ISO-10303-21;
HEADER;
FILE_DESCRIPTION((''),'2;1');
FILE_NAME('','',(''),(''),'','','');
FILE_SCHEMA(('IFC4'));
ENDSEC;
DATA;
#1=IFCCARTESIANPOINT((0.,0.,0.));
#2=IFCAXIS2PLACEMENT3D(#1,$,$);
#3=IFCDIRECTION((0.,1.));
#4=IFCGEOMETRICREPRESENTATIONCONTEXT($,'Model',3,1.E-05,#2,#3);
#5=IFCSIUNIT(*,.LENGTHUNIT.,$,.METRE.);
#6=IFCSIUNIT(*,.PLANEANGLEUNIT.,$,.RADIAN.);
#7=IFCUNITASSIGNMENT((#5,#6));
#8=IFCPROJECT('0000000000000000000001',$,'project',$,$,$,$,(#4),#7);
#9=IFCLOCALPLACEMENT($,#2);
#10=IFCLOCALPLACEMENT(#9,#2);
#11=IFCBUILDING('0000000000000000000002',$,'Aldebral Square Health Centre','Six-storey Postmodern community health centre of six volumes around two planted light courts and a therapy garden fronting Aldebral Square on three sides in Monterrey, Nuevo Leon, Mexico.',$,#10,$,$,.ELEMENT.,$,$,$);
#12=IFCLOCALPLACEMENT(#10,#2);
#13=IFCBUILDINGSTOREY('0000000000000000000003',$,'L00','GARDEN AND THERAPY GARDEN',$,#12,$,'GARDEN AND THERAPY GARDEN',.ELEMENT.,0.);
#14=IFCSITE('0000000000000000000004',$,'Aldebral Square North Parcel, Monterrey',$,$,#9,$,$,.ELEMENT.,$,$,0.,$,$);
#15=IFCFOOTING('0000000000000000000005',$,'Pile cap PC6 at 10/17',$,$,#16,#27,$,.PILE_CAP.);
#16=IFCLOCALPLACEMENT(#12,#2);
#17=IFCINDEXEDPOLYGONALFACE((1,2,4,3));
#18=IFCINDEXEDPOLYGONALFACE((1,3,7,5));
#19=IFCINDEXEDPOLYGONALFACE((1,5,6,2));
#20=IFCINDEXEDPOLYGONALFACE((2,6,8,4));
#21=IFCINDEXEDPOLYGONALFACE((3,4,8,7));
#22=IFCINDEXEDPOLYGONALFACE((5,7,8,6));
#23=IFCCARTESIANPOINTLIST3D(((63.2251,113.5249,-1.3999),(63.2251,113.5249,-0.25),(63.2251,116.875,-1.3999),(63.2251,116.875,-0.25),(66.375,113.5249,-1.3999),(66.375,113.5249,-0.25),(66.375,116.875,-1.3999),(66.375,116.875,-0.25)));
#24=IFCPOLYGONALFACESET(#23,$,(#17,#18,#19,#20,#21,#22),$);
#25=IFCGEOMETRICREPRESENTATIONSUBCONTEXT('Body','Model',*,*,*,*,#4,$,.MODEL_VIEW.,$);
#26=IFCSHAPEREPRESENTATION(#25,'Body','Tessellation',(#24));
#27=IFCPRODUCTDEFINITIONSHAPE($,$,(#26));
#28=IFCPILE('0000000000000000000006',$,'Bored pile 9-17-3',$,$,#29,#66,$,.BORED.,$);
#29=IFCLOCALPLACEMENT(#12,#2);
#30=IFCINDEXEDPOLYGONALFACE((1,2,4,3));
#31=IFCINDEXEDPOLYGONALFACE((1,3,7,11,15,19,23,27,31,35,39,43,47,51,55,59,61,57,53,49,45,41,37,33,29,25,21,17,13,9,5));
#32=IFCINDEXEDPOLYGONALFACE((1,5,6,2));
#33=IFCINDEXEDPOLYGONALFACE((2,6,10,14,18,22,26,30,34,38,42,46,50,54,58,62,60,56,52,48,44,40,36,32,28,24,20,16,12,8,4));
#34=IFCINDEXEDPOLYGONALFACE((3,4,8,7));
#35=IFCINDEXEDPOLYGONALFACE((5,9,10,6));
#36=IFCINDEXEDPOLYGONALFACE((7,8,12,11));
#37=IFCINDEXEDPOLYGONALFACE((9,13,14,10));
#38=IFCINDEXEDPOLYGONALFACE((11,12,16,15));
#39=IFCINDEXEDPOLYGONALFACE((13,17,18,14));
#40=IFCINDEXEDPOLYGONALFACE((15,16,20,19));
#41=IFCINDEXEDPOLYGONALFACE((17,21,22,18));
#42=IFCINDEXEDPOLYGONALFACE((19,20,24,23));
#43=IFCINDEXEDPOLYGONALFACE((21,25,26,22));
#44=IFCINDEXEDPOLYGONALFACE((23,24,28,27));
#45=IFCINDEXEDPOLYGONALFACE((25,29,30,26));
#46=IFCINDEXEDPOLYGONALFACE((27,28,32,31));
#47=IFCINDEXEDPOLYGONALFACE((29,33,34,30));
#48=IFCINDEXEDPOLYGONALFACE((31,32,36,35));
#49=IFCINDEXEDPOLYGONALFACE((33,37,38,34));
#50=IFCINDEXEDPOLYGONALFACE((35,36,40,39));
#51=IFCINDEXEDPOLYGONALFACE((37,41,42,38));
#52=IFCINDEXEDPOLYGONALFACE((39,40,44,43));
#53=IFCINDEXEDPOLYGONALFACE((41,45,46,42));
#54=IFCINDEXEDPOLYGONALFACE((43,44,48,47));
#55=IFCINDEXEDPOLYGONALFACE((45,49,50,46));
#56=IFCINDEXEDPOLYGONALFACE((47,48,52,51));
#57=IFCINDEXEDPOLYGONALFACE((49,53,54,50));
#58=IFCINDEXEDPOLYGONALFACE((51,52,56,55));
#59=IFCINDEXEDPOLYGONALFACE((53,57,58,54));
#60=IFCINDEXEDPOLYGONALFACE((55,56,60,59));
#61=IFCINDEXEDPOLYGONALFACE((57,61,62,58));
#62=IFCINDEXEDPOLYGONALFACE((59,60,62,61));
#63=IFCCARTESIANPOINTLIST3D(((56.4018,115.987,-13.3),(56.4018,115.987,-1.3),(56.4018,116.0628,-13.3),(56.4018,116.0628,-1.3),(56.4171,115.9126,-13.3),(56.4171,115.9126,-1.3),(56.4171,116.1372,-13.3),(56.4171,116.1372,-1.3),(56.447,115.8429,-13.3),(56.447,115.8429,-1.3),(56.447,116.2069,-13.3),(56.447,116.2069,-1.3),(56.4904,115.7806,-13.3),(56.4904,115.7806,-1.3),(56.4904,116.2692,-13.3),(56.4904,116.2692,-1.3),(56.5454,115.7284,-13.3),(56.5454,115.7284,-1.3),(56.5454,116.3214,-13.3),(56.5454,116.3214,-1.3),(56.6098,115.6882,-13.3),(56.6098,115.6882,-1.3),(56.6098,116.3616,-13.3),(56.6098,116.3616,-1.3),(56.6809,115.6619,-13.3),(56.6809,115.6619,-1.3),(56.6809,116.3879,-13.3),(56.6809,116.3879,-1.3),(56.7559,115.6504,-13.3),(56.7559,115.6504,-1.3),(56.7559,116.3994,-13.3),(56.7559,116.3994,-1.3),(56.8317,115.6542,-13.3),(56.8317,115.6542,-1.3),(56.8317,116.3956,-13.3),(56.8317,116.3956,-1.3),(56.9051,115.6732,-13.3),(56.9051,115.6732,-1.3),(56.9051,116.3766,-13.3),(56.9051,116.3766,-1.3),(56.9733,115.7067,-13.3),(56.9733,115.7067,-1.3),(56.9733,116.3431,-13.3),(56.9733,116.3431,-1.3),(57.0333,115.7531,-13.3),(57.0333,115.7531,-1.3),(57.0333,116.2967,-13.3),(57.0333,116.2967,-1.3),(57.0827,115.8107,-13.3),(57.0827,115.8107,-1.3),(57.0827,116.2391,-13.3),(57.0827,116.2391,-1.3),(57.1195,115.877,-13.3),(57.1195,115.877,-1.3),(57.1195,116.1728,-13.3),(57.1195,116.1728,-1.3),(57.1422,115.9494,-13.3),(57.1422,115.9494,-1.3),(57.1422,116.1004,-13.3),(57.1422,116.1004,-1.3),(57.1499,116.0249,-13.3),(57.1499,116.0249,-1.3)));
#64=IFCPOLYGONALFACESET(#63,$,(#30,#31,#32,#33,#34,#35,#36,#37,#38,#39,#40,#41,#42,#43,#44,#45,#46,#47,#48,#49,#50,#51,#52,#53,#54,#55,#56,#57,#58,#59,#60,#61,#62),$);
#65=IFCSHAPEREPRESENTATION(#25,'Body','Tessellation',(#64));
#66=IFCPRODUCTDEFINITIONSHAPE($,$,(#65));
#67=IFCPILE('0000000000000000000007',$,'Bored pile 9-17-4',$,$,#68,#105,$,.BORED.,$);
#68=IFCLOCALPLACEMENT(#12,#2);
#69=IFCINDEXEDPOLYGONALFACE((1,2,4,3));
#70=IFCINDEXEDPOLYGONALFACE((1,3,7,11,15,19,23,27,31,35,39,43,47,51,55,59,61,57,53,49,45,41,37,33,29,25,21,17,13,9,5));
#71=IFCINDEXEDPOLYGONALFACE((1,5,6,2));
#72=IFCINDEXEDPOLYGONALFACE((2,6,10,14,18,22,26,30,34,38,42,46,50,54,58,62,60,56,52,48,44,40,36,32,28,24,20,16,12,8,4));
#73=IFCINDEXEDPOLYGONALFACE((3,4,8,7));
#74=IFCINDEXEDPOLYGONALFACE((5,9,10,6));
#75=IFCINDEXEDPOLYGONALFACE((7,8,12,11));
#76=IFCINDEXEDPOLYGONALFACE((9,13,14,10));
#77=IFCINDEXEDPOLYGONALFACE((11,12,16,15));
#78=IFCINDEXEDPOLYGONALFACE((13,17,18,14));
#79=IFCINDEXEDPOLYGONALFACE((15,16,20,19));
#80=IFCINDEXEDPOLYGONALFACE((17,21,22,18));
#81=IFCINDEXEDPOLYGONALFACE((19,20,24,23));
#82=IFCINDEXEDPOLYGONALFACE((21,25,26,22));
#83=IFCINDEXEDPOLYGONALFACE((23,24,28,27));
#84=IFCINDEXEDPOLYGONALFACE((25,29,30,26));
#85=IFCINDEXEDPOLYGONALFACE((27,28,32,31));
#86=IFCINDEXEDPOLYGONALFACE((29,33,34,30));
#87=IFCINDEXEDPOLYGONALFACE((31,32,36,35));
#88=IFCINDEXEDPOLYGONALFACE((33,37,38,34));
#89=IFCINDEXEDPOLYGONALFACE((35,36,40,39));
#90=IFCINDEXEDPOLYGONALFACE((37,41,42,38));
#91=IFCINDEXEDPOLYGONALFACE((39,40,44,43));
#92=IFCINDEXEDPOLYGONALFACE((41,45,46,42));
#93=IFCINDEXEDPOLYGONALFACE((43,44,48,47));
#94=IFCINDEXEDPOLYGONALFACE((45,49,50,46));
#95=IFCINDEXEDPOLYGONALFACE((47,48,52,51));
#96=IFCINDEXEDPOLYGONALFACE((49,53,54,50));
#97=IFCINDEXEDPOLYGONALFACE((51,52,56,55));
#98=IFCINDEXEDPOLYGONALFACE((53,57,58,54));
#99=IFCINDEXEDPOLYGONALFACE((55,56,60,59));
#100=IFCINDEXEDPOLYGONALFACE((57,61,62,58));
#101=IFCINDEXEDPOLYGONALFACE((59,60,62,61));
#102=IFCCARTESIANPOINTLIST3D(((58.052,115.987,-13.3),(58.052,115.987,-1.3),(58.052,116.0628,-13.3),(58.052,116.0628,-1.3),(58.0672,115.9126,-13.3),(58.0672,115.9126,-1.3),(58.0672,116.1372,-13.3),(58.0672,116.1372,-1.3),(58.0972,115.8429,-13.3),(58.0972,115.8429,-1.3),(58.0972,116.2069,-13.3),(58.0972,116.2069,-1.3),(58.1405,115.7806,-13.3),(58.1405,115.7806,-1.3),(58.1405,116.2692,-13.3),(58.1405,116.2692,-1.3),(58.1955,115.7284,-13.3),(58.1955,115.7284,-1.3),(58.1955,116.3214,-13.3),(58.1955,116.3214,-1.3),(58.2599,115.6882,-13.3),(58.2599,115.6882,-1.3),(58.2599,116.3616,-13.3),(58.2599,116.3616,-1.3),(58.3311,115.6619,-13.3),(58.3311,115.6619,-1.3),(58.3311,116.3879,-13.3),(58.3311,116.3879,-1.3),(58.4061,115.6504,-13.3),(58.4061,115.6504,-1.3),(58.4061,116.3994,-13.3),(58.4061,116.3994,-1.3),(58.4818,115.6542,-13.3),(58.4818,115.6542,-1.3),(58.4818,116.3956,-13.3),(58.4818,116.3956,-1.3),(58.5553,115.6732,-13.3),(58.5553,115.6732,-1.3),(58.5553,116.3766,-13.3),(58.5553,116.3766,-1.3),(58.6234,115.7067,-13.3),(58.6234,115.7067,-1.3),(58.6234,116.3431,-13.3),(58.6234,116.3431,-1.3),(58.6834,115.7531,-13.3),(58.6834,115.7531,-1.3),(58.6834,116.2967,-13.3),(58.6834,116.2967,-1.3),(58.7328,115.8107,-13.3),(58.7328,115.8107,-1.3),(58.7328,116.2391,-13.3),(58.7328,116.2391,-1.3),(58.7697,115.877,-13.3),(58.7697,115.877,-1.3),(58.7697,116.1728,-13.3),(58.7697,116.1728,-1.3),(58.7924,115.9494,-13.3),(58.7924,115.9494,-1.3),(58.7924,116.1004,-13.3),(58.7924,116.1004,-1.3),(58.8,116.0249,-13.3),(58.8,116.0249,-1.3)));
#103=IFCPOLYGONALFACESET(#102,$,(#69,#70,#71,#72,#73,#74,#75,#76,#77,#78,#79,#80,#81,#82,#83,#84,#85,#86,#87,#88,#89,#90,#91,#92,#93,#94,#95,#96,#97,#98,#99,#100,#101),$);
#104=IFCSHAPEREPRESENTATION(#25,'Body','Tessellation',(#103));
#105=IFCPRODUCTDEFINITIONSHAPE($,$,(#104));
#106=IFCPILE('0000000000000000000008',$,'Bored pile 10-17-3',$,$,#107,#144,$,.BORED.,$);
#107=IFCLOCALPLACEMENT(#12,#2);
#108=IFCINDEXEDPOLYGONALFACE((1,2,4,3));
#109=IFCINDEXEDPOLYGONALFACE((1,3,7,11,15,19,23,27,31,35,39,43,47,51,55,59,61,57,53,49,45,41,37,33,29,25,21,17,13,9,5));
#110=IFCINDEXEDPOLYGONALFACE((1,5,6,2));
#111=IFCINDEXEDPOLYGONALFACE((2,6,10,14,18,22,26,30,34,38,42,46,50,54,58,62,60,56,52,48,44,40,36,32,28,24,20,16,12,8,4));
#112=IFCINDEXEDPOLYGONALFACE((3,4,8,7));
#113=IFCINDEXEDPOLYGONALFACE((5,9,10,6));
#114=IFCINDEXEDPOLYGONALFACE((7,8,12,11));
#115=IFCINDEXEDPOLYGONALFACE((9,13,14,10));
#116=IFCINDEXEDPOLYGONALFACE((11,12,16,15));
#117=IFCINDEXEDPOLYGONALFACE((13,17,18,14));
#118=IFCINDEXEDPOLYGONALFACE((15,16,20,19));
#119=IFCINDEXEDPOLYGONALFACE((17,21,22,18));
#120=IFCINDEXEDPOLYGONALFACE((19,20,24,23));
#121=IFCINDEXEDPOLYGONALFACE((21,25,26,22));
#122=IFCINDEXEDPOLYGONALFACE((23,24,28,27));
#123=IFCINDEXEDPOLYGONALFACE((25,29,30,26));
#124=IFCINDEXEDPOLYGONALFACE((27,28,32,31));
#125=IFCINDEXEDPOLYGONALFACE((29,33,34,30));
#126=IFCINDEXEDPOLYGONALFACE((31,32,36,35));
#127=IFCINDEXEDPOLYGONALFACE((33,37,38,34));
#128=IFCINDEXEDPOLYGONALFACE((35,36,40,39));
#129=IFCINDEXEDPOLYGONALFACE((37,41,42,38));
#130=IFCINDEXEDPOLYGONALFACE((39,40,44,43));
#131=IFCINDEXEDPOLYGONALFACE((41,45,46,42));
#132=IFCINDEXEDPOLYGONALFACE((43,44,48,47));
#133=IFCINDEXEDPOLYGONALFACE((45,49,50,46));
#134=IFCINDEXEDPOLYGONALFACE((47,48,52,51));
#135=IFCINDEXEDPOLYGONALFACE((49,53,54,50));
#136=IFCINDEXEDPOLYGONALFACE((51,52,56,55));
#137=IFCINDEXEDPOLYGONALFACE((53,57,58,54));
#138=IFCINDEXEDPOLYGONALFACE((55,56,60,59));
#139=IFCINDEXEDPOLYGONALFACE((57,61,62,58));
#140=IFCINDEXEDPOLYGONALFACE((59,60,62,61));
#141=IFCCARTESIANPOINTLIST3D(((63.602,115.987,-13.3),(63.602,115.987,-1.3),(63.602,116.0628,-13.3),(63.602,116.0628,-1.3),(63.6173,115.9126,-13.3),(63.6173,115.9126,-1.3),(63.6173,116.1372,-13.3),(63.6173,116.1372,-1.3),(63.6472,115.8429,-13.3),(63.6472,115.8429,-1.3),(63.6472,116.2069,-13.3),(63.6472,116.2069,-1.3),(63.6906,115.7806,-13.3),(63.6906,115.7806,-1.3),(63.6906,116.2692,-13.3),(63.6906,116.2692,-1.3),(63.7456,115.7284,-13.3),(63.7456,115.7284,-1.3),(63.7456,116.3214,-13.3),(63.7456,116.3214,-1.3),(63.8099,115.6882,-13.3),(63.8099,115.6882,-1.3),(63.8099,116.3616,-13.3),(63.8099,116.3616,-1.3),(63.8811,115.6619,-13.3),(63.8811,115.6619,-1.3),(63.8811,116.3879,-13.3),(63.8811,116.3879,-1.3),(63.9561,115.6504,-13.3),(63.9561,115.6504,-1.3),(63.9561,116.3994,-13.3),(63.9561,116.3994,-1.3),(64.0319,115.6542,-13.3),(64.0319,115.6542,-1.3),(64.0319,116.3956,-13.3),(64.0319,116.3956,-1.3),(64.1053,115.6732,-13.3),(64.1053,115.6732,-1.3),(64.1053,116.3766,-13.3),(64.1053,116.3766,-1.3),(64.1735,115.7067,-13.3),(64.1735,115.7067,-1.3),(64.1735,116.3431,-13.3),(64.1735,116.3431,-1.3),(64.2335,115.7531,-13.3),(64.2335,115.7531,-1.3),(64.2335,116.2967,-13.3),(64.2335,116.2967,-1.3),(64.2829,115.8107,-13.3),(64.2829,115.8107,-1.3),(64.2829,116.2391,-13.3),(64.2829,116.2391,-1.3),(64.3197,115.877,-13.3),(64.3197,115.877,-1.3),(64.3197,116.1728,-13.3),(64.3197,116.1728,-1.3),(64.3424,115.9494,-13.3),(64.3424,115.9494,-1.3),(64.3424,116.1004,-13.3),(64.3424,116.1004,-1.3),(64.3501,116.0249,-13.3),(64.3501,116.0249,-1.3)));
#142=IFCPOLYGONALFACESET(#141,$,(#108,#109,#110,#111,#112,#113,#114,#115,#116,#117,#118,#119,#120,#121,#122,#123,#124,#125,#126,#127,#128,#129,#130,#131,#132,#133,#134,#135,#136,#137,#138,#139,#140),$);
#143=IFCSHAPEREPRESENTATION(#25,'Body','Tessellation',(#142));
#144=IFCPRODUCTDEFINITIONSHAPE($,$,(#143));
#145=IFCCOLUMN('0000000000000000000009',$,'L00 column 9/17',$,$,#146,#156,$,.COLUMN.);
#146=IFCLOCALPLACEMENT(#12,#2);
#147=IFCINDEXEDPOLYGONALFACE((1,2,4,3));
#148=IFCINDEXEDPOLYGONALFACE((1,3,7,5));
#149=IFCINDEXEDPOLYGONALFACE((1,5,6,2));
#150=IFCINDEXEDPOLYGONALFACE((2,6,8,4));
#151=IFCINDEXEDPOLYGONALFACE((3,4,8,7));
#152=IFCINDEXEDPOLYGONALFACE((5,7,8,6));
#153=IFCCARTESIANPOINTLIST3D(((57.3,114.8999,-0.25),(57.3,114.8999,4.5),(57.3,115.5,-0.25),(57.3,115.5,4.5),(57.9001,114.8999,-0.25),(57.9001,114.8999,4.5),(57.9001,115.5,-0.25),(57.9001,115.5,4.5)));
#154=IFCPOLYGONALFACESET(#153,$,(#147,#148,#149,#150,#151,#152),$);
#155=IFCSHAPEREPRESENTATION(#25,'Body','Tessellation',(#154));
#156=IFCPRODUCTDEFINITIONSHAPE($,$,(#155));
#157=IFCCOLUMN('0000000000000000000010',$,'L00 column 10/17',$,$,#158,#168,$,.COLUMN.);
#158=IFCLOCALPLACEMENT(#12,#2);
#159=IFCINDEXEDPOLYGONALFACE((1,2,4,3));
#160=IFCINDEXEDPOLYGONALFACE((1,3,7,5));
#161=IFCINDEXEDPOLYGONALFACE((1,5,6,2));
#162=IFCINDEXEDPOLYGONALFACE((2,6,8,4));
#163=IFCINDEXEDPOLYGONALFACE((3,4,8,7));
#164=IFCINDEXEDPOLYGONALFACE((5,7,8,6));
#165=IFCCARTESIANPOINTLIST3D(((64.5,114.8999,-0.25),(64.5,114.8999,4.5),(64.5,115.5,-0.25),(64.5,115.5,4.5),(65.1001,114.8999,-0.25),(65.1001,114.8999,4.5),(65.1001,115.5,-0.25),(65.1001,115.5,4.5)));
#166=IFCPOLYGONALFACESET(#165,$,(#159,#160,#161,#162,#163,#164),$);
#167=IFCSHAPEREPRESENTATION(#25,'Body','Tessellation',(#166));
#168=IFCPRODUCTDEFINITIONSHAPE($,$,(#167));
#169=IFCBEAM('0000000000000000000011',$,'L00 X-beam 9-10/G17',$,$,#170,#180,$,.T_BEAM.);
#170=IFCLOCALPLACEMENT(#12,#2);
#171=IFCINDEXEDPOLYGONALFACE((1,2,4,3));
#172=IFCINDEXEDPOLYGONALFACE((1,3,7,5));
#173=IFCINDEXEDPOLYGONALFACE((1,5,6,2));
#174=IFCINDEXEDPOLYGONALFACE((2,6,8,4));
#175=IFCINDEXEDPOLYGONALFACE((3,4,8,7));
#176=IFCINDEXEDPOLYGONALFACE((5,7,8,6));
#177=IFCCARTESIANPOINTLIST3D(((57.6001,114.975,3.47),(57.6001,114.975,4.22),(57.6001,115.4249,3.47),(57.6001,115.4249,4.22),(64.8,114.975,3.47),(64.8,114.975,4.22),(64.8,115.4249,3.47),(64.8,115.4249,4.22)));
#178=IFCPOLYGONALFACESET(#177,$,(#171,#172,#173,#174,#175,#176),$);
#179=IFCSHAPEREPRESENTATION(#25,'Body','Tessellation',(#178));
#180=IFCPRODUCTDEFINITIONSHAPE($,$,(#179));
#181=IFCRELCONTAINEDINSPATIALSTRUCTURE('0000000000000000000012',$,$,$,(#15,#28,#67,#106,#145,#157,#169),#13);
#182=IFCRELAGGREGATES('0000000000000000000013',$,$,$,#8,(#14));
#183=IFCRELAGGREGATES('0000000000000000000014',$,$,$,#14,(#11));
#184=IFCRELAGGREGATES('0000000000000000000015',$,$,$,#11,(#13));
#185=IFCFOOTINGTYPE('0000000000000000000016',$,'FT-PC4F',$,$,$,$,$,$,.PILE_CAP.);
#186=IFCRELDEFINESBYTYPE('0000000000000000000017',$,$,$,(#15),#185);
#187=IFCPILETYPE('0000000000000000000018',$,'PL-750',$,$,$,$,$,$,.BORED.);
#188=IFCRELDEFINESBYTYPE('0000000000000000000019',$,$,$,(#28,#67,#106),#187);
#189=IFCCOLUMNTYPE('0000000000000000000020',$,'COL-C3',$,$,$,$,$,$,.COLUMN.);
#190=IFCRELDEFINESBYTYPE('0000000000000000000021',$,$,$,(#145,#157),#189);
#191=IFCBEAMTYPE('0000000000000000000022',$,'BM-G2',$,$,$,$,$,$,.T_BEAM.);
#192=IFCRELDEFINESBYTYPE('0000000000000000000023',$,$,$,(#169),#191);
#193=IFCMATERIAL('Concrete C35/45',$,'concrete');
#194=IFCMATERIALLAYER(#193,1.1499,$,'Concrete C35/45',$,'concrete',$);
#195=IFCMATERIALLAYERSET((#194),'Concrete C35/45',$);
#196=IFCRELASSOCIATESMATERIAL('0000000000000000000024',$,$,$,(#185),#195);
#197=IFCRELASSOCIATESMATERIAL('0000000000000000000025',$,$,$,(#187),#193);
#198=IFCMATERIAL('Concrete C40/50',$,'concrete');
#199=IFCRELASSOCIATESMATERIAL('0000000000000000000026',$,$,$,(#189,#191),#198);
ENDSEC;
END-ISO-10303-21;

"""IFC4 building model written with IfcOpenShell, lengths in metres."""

from ifc_helpers import new_model, si_unit, direction, frame, origin, origin_2d, place, context, subcontext, project, spatial, rectangle, circle, extrude, material, layer, layer_set, material_profile, profile_set, type_object, element, save


model = new_model("IFC4")

# Units and contexts
model_context = context("Model", 3, precision=1e-05, world=origin(), true_north=direction((0.0, 1.0)))
body_context = subcontext(model_context, "Body", "Model", "MODEL_VIEW")
ifc_project = project(units=[si_unit("LENGTHUNIT", "METRE"), si_unit("PLANEANGLEUNIT", "RADIAN")], contexts=[model_context])

# Site, building, storey
site_placement = place(None, origin())
site = spatial("IfcSite", under=ifc_project, at=site_placement, Name="Aldebral Square North Parcel, Monterrey", CompositionType="ELEMENT", RefElevation=0.0)
building_placement = place(site_placement, origin())
building = spatial("IfcBuilding", under=site, at=building_placement, Name="Aldebral Square Health Centre", Description="Six-storey Postmodern community health centre of six volumes around two planted light courts and a therapy garden fronting Aldebral Square on three sides in Monterrey, Nuevo Leon, Mexico.", CompositionType="ELEMENT")
storey_placement = place(building_placement, origin())
storey = spatial("IfcBuildingStorey", under=building, at=storey_placement, Name="L00", Description="GARDEN AND THERAPY GARDEN", LongName="GARDEN AND THERAPY GARDEN", CompositionType="ELEMENT", Elevation=0.0)

# Footing
ifc_material_1 = material(Name="Concrete C35/45", Category="concrete")
ifc_layer_1 = layer(ifc_material_1, 1.1499, Name="Concrete C35/45", Category="concrete")
ifc_layer_set_1 = layer_set([ifc_layer_1], Name="Concrete C35/45")
footing_type = type_object("IfcFootingType", Name="FT-PC4F", PredefinedType="PILE_CAP", material=ifc_layer_set_1)
footing_placement = place(storey_placement, frame((64.8, 115.2, -1.3999), z_axis=(0.0, 0.0, 1.0), x_axis=(1.0, 0.0, 0.0)))
element("IfcFooting", 1, at=footing_placement, inside=storey, type_object=footing_type, Name="Pile cap PC6 at 10/17", PredefinedType="PILE_CAP", context=body_context, shape_type="SweptSolid", body=[
    extrude(rectangle(XDim=3.1499, YDim=3.3501, at=origin_2d()), origin(), (0.0, 0.0, 1.0), 1.1499),
])

# Piles
ifc_material_profile_1 = material_profile(ifc_material_1, circle(Radius=0.375, at=origin_2d()), Name="PILE D750")
ifc_profile_set_1 = profile_set([ifc_material_profile_1], Name="Concrete C35/45")
pile_type = type_object("IfcPileType", Name="PL-750", PredefinedType="BORED", material=ifc_profile_set_1)
for number, where, z_axis, x_axis, name in (
    (2, (56.7749, 116.0249, -1.3), (0.0, 0.0, -1.0), (1.0, 0.0, 0.0), "Bored pile 9-17-3"),
    (3, (58.425, 116.0249, -1.3), (0.0, 0.0, -1.0), (1.0, 0.0, 0.0), "Bored pile 9-17-4"),
    (4, (63.9751, 116.0249, -1.3), (0.0, 0.0, -1.0), (1.0, 0.0, 0.0), "Bored pile 10-17-3"),
):
    element("IfcPile", number, at=place(storey_placement, frame(where, z_axis=z_axis, x_axis=x_axis)), inside=storey, type_object=pile_type, Name=name, PredefinedType="BORED", context=body_context, shape_type="SweptSolid", body=[
        extrude(circle(Radius=0.375, at=origin_2d()), origin(), (0.0, 0.0, 1.0), 12.0),
    ])

# Columns
ifc_material_2 = material(Name="Concrete C40/50", Category="concrete")
ifc_material_profile_2 = material_profile(ifc_material_2, rectangle(XDim=0.6001, YDim=0.6001, at=origin_2d()), Name="RC 600x600")
ifc_profile_set_2 = profile_set([ifc_material_profile_2], Name="Concrete C40/50")
column_type = type_object("IfcColumnType", Name="COL-C3", PredefinedType="COLUMN", material=ifc_profile_set_2)
for number, where, z_axis, x_axis, name in (
    (5, (57.6001, 115.2, -0.25), (0.0, 0.0, 1.0), (1.0, 0.0, 0.0), "L00 column 9/17"),
    (6, (64.8, 115.2, -0.25), (0.0, 0.0, 1.0), (1.0, 0.0, 0.0), "L00 column 10/17"),
):
    element("IfcColumn", number, at=place(storey_placement, frame(where, z_axis=z_axis, x_axis=x_axis)), inside=storey, type_object=column_type, Name=name, PredefinedType="COLUMN", context=body_context, shape_type="SweptSolid", body=[
        extrude(rectangle(XDim=0.6001, YDim=0.6001, at=origin_2d()), origin(), (0.0, 0.0, 1.0), 4.75),
    ])

# Beam
ifc_material_profile_3 = material_profile(ifc_material_2, rectangle(XDim=0.45, YDim=0.75, at=origin_2d()), Name="RC 450x750")
ifc_profile_set_3 = profile_set([ifc_material_profile_3], Name="Concrete C40/50")
beam_type_1 = type_object("IfcBeamType", Name="BM-G2", PredefinedType="T_BEAM", material=ifc_profile_set_3)
beam_1_placement = place(storey_placement, frame((57.6001, 115.2, 3.845), z_axis=(1.0, 0.0, 0.0), x_axis=(0.0, 1.0, 0.0)))
element("IfcBeam", 7, at=beam_1_placement, inside=storey, type_object=beam_type_1, Name="L00 X-beam 9-10/G17", PredefinedType="T_BEAM", context=body_context, shape_type="SweptSolid", body=[
    extrude(rectangle(XDim=0.45, YDim=0.75, at=origin_2d()), origin(), (0.0, 0.0, 1.0), 7.2),
])

save(model, "model.ifc")
